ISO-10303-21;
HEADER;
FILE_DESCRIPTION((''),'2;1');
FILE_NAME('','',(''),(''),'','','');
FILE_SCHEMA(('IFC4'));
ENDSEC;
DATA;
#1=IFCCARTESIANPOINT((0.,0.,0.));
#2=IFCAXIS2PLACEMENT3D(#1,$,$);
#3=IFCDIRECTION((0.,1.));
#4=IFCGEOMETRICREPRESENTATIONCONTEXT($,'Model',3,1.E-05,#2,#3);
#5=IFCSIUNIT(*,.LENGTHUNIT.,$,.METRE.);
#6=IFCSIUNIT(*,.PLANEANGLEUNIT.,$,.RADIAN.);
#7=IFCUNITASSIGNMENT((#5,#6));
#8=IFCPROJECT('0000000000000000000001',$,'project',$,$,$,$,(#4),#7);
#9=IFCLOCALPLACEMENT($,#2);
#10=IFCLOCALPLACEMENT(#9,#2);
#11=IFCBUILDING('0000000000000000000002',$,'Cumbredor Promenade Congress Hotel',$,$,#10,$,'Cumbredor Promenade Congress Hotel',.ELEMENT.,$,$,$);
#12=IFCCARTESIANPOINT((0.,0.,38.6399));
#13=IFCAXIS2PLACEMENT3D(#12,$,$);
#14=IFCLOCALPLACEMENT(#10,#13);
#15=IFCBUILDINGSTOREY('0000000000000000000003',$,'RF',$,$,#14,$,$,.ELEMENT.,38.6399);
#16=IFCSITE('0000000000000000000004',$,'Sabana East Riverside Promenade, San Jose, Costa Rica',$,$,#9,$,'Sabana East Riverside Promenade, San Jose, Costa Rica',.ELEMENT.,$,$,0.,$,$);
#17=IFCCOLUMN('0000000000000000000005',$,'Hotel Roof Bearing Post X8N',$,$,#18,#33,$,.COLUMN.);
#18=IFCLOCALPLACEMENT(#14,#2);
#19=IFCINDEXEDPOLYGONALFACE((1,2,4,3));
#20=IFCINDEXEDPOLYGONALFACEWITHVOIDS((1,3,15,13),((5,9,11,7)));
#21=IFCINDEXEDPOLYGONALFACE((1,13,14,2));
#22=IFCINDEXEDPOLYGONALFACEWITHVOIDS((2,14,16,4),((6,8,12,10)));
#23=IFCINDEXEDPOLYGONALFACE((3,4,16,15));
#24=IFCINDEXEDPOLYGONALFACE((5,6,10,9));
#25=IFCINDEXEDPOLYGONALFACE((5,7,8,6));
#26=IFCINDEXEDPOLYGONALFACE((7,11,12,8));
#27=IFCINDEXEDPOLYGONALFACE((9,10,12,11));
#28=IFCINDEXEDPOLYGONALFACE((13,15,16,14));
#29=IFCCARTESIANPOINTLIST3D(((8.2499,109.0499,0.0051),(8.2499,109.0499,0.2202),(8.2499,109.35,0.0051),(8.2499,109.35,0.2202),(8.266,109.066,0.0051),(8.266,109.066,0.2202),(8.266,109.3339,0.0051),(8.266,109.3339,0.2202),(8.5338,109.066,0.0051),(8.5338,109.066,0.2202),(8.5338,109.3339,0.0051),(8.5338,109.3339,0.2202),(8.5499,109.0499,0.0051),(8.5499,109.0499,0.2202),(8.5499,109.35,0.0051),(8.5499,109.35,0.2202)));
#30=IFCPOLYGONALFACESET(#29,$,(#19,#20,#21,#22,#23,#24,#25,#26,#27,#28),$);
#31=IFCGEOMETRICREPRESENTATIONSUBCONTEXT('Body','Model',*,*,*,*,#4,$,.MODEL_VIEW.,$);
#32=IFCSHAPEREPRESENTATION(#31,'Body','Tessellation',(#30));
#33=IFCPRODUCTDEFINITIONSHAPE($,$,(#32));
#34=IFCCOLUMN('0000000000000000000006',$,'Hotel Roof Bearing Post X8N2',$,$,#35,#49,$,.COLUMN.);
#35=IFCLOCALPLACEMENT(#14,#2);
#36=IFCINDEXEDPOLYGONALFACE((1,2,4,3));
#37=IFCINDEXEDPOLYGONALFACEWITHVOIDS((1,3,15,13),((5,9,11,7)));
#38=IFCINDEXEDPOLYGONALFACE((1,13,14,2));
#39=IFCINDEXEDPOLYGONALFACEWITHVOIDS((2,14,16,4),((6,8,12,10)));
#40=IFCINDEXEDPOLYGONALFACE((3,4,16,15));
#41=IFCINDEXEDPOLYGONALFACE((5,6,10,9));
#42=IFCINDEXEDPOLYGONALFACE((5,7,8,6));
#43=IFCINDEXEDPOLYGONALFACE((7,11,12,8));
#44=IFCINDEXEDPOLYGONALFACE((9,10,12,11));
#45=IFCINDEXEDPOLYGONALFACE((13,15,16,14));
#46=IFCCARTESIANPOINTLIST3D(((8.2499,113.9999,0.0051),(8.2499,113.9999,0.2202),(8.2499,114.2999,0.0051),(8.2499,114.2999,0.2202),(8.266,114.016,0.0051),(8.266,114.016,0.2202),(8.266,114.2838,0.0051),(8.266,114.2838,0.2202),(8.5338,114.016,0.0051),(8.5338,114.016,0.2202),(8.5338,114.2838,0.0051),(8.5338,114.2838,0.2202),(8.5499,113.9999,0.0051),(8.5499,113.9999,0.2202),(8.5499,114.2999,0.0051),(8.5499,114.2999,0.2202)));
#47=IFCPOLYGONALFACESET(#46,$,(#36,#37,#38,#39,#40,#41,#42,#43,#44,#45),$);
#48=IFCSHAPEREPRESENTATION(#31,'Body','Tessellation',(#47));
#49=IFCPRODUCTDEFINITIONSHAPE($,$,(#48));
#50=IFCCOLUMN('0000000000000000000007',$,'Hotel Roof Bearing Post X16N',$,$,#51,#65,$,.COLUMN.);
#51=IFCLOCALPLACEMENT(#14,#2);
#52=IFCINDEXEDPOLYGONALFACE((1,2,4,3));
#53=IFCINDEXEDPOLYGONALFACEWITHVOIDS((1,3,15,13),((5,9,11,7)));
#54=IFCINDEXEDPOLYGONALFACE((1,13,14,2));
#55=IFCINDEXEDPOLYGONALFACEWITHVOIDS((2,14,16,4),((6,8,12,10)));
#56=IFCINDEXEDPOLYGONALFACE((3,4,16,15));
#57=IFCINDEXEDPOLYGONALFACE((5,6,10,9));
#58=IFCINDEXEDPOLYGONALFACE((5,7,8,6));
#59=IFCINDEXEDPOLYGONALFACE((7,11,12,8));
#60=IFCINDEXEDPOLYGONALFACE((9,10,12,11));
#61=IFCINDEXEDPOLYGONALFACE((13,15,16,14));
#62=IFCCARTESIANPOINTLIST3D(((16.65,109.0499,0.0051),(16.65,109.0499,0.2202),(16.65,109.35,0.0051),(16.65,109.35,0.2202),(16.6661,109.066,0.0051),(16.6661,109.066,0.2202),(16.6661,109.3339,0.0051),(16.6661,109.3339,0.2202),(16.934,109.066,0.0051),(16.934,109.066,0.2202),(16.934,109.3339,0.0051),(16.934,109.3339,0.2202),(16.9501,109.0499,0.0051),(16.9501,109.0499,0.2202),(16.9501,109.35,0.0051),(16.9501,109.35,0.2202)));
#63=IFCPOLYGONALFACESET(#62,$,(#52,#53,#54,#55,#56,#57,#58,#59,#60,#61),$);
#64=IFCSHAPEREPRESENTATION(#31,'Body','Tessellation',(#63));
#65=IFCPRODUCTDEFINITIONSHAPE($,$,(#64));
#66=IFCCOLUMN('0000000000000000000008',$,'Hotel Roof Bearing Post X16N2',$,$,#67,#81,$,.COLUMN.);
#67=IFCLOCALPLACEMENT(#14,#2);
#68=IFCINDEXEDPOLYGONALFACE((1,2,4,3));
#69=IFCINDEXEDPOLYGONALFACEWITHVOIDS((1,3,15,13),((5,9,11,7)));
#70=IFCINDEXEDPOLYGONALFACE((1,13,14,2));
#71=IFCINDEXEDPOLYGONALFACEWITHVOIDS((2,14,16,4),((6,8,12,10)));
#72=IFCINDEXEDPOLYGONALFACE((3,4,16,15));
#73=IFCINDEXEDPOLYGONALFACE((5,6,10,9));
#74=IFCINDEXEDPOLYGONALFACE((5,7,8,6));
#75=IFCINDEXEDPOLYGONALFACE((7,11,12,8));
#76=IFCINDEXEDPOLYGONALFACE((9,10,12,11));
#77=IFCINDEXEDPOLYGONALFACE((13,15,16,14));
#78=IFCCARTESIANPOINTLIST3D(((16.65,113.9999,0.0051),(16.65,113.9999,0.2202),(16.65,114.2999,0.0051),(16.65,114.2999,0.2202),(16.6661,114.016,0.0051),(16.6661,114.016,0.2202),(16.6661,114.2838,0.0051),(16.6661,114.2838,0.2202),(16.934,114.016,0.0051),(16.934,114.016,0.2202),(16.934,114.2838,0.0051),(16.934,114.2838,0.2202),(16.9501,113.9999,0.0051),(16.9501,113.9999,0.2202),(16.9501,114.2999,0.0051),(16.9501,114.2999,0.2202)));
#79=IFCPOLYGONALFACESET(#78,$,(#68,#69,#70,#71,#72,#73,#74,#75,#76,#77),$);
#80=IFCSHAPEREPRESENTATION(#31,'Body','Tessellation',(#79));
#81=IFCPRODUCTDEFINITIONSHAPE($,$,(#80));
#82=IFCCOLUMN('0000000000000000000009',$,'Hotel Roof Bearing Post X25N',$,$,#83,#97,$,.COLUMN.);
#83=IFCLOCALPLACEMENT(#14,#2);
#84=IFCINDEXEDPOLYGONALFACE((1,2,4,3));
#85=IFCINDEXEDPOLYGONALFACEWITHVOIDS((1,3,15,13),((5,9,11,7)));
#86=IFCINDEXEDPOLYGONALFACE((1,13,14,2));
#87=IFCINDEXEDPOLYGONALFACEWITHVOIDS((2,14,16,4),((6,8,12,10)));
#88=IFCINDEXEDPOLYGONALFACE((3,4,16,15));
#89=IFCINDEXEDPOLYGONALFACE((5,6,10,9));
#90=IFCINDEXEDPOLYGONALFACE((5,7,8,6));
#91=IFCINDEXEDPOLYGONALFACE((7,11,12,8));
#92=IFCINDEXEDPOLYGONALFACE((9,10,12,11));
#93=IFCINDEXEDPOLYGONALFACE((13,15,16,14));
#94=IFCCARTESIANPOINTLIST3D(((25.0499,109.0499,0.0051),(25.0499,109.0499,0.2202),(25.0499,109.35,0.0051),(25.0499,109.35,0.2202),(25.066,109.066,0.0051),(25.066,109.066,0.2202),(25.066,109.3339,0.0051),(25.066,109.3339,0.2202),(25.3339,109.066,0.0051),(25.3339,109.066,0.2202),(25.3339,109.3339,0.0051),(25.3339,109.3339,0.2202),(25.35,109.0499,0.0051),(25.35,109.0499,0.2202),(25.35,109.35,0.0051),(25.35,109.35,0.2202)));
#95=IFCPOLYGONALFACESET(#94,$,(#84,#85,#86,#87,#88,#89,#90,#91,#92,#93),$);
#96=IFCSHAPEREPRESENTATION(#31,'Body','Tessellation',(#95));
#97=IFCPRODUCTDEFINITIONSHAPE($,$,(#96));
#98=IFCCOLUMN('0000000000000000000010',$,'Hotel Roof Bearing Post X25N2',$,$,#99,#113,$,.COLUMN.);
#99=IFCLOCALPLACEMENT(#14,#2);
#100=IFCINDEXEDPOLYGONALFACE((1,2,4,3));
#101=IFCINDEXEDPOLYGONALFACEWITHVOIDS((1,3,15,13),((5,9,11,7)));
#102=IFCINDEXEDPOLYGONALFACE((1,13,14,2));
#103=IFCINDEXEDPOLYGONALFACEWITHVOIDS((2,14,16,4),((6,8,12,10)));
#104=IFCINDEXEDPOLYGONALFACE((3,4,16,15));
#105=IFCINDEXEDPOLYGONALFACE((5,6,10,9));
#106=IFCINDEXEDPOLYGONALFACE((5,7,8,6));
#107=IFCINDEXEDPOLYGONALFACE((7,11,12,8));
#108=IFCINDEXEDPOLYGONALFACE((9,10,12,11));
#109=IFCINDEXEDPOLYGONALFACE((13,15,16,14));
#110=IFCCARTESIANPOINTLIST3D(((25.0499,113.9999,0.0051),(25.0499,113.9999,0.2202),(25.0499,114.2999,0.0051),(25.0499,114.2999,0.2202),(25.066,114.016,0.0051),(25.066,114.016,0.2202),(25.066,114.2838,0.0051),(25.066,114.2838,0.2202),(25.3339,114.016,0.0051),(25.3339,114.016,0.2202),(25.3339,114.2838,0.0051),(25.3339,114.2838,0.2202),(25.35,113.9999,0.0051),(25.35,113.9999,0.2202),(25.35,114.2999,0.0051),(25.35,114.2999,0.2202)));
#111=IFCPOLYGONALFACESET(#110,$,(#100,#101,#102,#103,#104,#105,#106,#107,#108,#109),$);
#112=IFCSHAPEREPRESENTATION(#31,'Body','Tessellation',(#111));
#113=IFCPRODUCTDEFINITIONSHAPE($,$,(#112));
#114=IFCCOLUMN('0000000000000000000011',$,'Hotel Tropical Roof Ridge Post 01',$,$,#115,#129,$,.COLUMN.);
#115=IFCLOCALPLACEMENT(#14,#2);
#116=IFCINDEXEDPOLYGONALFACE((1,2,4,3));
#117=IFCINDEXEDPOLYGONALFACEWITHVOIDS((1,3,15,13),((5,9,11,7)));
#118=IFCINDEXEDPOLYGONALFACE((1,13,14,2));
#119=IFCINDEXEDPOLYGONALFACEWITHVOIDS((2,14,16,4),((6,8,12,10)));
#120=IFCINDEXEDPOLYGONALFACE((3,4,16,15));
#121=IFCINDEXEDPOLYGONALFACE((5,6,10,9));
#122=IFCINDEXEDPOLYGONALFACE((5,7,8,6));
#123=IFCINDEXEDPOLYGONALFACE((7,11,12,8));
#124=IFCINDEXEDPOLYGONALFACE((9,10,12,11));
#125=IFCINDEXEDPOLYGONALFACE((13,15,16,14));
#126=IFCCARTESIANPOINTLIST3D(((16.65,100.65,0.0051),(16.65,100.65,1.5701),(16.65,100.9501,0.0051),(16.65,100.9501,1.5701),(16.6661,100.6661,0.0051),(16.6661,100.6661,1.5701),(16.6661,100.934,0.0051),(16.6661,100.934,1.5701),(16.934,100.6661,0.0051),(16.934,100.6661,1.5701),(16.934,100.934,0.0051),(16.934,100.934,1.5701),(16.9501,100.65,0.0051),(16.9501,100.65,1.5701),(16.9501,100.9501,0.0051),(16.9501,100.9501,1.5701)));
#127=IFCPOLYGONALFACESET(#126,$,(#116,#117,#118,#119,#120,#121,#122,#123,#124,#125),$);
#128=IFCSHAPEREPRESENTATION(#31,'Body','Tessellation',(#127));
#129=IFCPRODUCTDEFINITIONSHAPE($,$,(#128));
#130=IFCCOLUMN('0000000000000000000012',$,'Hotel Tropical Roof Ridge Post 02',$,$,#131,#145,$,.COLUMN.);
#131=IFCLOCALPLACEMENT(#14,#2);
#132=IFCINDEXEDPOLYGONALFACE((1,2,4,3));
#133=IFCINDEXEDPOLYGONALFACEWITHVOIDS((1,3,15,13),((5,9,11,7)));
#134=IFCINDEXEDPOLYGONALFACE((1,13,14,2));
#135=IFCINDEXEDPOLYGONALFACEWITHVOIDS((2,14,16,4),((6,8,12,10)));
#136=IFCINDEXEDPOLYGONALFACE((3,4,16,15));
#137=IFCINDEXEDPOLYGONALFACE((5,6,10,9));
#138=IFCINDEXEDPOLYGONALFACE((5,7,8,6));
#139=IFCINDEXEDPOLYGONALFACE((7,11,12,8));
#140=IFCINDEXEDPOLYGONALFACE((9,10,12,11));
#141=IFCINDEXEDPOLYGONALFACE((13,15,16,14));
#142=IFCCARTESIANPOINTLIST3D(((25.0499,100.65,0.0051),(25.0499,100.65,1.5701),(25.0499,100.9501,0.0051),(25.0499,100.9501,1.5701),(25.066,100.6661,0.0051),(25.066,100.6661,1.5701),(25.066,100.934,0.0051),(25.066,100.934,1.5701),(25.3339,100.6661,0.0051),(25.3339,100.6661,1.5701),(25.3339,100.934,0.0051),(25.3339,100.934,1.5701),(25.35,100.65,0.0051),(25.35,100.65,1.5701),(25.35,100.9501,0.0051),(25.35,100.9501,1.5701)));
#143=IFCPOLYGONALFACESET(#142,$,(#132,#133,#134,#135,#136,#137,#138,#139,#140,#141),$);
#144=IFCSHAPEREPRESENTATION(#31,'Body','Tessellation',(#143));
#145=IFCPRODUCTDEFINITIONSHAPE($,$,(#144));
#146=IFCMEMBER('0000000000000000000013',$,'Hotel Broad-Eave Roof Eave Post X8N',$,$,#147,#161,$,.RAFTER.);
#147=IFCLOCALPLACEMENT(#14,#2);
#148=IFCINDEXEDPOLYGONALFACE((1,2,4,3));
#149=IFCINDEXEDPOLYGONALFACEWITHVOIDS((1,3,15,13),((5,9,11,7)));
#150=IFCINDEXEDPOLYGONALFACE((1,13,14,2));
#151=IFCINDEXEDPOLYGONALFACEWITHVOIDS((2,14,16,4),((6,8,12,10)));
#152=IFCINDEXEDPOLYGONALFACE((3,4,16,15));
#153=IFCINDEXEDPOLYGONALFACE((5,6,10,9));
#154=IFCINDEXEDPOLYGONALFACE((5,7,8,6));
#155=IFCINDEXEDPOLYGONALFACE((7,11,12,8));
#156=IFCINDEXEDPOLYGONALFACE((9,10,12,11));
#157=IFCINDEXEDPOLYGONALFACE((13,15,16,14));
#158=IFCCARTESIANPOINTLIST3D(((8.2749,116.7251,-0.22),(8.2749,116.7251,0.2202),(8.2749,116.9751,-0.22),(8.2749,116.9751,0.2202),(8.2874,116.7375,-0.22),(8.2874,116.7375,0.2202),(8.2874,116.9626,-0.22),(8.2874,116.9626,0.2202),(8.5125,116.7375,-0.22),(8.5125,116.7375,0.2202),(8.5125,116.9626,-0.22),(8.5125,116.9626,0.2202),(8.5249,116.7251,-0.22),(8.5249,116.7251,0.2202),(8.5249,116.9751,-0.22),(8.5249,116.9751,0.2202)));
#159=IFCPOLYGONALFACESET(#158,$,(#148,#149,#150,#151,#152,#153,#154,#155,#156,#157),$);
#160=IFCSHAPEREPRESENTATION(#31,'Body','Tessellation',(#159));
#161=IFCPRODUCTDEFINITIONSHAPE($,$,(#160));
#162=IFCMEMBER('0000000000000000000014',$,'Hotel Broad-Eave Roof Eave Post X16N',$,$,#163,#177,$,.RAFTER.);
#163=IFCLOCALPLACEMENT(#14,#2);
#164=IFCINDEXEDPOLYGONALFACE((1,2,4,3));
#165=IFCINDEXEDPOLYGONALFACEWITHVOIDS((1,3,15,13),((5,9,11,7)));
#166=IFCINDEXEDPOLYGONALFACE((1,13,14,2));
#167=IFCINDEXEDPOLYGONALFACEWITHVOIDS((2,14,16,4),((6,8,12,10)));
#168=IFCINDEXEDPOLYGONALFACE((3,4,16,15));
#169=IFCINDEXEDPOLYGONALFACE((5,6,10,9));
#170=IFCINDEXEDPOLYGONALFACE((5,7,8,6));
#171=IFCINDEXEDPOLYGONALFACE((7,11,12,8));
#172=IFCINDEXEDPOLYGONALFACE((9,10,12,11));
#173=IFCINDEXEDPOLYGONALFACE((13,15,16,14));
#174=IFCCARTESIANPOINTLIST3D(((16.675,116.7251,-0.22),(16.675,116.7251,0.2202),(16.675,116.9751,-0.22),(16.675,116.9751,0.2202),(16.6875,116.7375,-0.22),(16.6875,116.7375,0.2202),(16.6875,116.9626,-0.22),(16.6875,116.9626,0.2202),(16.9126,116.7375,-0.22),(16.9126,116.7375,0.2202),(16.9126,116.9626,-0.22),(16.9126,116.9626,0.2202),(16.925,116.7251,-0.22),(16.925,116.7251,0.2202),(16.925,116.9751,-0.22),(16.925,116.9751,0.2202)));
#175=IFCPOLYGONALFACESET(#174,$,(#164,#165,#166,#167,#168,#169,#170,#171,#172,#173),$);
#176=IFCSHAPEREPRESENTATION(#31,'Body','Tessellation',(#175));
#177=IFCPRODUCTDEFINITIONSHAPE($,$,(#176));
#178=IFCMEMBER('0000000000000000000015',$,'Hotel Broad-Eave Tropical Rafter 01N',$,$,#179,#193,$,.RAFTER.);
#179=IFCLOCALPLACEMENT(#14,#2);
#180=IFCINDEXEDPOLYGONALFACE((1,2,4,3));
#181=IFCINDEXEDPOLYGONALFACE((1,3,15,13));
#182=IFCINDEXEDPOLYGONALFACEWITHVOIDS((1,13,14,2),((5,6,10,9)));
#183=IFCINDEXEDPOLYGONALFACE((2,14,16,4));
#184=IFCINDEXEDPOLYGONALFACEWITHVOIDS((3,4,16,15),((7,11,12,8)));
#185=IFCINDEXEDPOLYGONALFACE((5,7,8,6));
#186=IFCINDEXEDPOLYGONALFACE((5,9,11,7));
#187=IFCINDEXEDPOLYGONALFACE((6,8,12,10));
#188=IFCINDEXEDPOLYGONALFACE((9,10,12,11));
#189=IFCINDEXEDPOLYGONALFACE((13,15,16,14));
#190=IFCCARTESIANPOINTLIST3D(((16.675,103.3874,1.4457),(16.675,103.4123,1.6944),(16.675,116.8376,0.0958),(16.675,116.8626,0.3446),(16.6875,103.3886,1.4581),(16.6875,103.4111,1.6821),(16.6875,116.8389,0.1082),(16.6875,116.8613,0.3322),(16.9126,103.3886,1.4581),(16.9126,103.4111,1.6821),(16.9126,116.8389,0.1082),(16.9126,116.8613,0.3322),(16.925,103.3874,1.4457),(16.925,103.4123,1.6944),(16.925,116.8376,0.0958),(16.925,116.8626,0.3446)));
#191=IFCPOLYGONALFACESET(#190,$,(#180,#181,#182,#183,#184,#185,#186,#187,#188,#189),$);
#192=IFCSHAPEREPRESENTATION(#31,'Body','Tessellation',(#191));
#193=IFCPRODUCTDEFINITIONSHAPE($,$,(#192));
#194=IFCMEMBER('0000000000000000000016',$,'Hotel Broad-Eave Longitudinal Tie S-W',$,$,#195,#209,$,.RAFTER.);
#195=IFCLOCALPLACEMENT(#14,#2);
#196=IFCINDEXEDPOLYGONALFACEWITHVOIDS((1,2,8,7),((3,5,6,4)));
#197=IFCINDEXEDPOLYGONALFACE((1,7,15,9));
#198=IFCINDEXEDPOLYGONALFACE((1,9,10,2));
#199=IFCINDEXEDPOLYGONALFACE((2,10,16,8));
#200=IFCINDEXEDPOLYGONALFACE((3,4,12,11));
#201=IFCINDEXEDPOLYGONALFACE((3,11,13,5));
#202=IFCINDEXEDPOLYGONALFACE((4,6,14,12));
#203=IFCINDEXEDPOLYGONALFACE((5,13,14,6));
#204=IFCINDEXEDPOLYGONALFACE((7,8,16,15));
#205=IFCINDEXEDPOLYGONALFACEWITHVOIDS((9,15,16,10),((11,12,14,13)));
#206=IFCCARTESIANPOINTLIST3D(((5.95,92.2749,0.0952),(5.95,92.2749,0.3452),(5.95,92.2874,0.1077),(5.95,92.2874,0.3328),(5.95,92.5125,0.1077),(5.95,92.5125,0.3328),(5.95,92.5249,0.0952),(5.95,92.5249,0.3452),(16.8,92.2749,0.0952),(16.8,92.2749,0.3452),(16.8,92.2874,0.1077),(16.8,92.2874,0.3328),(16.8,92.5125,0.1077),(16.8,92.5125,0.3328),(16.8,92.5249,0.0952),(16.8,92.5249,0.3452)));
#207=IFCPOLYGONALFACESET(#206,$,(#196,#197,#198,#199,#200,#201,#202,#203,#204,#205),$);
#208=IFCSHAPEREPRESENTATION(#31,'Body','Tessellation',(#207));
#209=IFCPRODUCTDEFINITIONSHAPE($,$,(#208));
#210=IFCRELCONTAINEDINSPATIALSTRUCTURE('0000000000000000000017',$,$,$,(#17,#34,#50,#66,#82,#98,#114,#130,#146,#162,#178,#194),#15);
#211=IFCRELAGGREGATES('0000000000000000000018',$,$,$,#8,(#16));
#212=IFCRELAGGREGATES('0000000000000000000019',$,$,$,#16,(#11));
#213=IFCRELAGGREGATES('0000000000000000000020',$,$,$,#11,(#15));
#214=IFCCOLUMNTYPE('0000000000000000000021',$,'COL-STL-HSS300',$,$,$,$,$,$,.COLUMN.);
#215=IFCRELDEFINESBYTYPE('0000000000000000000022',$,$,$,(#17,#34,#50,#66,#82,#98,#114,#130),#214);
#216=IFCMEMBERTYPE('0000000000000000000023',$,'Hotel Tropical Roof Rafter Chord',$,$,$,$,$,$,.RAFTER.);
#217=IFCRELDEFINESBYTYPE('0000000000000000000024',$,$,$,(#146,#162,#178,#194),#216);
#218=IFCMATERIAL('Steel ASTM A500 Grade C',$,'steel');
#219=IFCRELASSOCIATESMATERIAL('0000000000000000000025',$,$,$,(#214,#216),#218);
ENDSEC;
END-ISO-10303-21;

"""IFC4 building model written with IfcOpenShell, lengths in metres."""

from ifc_helpers import new_model, si_unit, direction, frame, origin, origin_2d, place, context, subcontext, project, spatial, hollow_rectangle, extrude, material, material_profile, profile_set, type_object, element, save


model = new_model("IFC4")

# Units and contexts
model_context = context("Model", 3, precision=1e-05, world=origin(), true_north=direction((0.0, 1.0)))
body_context = subcontext(model_context, "Body", "Model", "MODEL_VIEW")
ifc_project = project(units=[si_unit("LENGTHUNIT", "METRE"), si_unit("PLANEANGLEUNIT", "RADIAN")], contexts=[model_context])

# Site, building, storey
site_placement = place(None, origin())
site = spatial("IfcSite", under=ifc_project, at=site_placement, Name="Sabana East Riverside Promenade, San Jose, Costa Rica", LongName="Sabana East Riverside Promenade, San Jose, Costa Rica", CompositionType="ELEMENT", RefElevation=0.0)
building_placement = place(site_placement, origin())
building = spatial("IfcBuilding", under=site, at=building_placement, Name="Cumbredor Promenade Congress Hotel", LongName="Cumbredor Promenade Congress Hotel", CompositionType="ELEMENT")
storey_placement = place(building_placement, frame((0.0, 0.0, 38.6399)))
storey = spatial("IfcBuildingStorey", under=building, at=storey_placement, Name="RF", CompositionType="ELEMENT", Elevation=38.6399)

# Columns
ifc_material_1 = material(Name="Steel ASTM A500 Grade C", Category="steel")
ifc_material_profile_1 = material_profile(ifc_material_1, hollow_rectangle(XDim=0.3, YDim=0.3, WallThickness=0.0161, at=origin_2d()), Name="HSS 300x300x16")
ifc_profile_set_1 = profile_set([ifc_material_profile_1], Name="Steel ASTM A500 Grade C")
column_type = type_object("IfcColumnType", Name="COL-STL-HSS300", PredefinedType="COLUMN", material=ifc_profile_set_1)
for number, where, z_axis, x_axis, name in (
    (1, (8.3999, 109.2, 0.0051), (0.0, 0.0, 1.0), (1.0, 0.0, 0.0), "Hotel Roof Bearing Post X8N"),
    (2, (8.3999, 114.1499, 0.0051), (0.0, 0.0, 1.0), (1.0, 0.0, 0.0), "Hotel Roof Bearing Post X8N2"),
    (3, (16.8, 109.2, 0.0051), (0.0, 0.0, 1.0), (1.0, 0.0, 0.0), "Hotel Roof Bearing Post X16N"),
    (4, (16.8, 114.1499, 0.0051), (0.0, 0.0, 1.0), (1.0, 0.0, 0.0), "Hotel Roof Bearing Post X16N2"),
    (5, (25.2, 109.2, 0.0051), (0.0, 0.0, 1.0), (1.0, 0.0, 0.0), "Hotel Roof Bearing Post X25N"),
    (6, (25.2, 114.1499, 0.0051), (0.0, 0.0, 1.0), (1.0, 0.0, 0.0), "Hotel Roof Bearing Post X25N2"),
):
    element("IfcColumn", number, at=place(storey_placement, frame(where, z_axis=z_axis, x_axis=x_axis)), inside=storey, type_object=column_type, Name=name, PredefinedType="COLUMN", context=body_context, shape_type="SweptSolid", body=[
        extrude(hollow_rectangle(XDim=0.3, YDim=0.3, WallThickness=0.0161, at=origin_2d()), origin(), (0.0, 0.0, 1.0), 0.2151),
    ])
for number, where, z_axis, x_axis, name in (
    (7, (16.8, 100.8, 0.0051), (0.0, 0.0, 1.0), (1.0, 0.0, 0.0), "Hotel Tropical Roof Ridge Post 01"),
    (8, (25.2, 100.8, 0.0051), (0.0, 0.0, 1.0), (1.0, 0.0, 0.0), "Hotel Tropical Roof Ridge Post 02"),
):
    element("IfcColumn", number, at=place(storey_placement, frame(where, z_axis=z_axis, x_axis=x_axis)), inside=storey, type_object=column_type, Name=name, PredefinedType="COLUMN", context=body_context, shape_type="SweptSolid", body=[
        extrude(hollow_rectangle(XDim=0.3, YDim=0.3, WallThickness=0.0161, at=origin_2d()), origin(), (0.0, 0.0, 1.0), 1.5649),
    ])

# Members
ifc_material_profile_2 = material_profile(ifc_material_1, hollow_rectangle(XDim=0.25, YDim=0.25, WallThickness=0.0125, at=origin_2d()), Name="HSS 250x250x12.5")
ifc_profile_set_2 = profile_set([ifc_material_profile_2], Name="Steel ASTM A500 Grade C")
member_type = type_object("IfcMemberType", Name="Hotel Tropical Roof Rafter Chord", PredefinedType="RAFTER", material=ifc_profile_set_2)
for number, where, z_axis, x_axis, name in (
    (9, (8.3999, 116.8501, -0.22), (0.0, 0.0, 1.0), (1.0, 0.0, 0.0), "Hotel Broad-Eave Roof Eave Post X8N"),
    (10, (16.8, 116.8501, -0.22), (0.0, 0.0, 1.0), (1.0, 0.0, 0.0), "Hotel Broad-Eave Roof Eave Post X16N"),
):
    element("IfcMember", number, at=place(storey_placement, frame(where, z_axis=z_axis, x_axis=x_axis)), inside=storey, type_object=member_type, Name=name, PredefinedType="RAFTER", context=body_context, shape_type="SweptSolid", body=[
        extrude(hollow_rectangle(XDim=0.25, YDim=0.25, WallThickness=0.0125, at=origin_2d()), origin(), (0.0, 0.0, 1.0), 0.4402),
    ])
member_1_placement = place(storey_placement, frame((16.8, 116.8501, 0.2202), z_axis=(0.0, -0.995002, 0.099858), x_axis=(1.0, 0.0, 0.0)))
element("IfcMember", 11, at=member_1_placement, inside=storey, type_object=member_type, Name="Hotel Broad-Eave Tropical Rafter 01N", PredefinedType="RAFTER", context=body_context, shape_type="SweptSolid", body=[
    extrude(hollow_rectangle(XDim=0.25, YDim=0.25, WallThickness=0.0125, at=origin_2d()), origin(), (0.0, 0.0, 1.0), 13.5178),
])
member_2_placement = place(storey_placement, frame((5.95, 92.3999, 0.2202), z_axis=(1.0, 0.0, 0.0), x_axis=(0.0, 1.0, 0.0)))
element("IfcMember", 12, at=member_2_placement, inside=storey, type_object=member_type, Name="Hotel Broad-Eave Longitudinal Tie S-W", PredefinedType="RAFTER", context=body_context, shape_type="SweptSolid", body=[
    extrude(hollow_rectangle(XDim=0.25, YDim=0.25, WallThickness=0.0125, at=origin_2d()), origin(), (0.0, 0.0, 1.0), 10.8501),
])

save(model, "model.ifc")
